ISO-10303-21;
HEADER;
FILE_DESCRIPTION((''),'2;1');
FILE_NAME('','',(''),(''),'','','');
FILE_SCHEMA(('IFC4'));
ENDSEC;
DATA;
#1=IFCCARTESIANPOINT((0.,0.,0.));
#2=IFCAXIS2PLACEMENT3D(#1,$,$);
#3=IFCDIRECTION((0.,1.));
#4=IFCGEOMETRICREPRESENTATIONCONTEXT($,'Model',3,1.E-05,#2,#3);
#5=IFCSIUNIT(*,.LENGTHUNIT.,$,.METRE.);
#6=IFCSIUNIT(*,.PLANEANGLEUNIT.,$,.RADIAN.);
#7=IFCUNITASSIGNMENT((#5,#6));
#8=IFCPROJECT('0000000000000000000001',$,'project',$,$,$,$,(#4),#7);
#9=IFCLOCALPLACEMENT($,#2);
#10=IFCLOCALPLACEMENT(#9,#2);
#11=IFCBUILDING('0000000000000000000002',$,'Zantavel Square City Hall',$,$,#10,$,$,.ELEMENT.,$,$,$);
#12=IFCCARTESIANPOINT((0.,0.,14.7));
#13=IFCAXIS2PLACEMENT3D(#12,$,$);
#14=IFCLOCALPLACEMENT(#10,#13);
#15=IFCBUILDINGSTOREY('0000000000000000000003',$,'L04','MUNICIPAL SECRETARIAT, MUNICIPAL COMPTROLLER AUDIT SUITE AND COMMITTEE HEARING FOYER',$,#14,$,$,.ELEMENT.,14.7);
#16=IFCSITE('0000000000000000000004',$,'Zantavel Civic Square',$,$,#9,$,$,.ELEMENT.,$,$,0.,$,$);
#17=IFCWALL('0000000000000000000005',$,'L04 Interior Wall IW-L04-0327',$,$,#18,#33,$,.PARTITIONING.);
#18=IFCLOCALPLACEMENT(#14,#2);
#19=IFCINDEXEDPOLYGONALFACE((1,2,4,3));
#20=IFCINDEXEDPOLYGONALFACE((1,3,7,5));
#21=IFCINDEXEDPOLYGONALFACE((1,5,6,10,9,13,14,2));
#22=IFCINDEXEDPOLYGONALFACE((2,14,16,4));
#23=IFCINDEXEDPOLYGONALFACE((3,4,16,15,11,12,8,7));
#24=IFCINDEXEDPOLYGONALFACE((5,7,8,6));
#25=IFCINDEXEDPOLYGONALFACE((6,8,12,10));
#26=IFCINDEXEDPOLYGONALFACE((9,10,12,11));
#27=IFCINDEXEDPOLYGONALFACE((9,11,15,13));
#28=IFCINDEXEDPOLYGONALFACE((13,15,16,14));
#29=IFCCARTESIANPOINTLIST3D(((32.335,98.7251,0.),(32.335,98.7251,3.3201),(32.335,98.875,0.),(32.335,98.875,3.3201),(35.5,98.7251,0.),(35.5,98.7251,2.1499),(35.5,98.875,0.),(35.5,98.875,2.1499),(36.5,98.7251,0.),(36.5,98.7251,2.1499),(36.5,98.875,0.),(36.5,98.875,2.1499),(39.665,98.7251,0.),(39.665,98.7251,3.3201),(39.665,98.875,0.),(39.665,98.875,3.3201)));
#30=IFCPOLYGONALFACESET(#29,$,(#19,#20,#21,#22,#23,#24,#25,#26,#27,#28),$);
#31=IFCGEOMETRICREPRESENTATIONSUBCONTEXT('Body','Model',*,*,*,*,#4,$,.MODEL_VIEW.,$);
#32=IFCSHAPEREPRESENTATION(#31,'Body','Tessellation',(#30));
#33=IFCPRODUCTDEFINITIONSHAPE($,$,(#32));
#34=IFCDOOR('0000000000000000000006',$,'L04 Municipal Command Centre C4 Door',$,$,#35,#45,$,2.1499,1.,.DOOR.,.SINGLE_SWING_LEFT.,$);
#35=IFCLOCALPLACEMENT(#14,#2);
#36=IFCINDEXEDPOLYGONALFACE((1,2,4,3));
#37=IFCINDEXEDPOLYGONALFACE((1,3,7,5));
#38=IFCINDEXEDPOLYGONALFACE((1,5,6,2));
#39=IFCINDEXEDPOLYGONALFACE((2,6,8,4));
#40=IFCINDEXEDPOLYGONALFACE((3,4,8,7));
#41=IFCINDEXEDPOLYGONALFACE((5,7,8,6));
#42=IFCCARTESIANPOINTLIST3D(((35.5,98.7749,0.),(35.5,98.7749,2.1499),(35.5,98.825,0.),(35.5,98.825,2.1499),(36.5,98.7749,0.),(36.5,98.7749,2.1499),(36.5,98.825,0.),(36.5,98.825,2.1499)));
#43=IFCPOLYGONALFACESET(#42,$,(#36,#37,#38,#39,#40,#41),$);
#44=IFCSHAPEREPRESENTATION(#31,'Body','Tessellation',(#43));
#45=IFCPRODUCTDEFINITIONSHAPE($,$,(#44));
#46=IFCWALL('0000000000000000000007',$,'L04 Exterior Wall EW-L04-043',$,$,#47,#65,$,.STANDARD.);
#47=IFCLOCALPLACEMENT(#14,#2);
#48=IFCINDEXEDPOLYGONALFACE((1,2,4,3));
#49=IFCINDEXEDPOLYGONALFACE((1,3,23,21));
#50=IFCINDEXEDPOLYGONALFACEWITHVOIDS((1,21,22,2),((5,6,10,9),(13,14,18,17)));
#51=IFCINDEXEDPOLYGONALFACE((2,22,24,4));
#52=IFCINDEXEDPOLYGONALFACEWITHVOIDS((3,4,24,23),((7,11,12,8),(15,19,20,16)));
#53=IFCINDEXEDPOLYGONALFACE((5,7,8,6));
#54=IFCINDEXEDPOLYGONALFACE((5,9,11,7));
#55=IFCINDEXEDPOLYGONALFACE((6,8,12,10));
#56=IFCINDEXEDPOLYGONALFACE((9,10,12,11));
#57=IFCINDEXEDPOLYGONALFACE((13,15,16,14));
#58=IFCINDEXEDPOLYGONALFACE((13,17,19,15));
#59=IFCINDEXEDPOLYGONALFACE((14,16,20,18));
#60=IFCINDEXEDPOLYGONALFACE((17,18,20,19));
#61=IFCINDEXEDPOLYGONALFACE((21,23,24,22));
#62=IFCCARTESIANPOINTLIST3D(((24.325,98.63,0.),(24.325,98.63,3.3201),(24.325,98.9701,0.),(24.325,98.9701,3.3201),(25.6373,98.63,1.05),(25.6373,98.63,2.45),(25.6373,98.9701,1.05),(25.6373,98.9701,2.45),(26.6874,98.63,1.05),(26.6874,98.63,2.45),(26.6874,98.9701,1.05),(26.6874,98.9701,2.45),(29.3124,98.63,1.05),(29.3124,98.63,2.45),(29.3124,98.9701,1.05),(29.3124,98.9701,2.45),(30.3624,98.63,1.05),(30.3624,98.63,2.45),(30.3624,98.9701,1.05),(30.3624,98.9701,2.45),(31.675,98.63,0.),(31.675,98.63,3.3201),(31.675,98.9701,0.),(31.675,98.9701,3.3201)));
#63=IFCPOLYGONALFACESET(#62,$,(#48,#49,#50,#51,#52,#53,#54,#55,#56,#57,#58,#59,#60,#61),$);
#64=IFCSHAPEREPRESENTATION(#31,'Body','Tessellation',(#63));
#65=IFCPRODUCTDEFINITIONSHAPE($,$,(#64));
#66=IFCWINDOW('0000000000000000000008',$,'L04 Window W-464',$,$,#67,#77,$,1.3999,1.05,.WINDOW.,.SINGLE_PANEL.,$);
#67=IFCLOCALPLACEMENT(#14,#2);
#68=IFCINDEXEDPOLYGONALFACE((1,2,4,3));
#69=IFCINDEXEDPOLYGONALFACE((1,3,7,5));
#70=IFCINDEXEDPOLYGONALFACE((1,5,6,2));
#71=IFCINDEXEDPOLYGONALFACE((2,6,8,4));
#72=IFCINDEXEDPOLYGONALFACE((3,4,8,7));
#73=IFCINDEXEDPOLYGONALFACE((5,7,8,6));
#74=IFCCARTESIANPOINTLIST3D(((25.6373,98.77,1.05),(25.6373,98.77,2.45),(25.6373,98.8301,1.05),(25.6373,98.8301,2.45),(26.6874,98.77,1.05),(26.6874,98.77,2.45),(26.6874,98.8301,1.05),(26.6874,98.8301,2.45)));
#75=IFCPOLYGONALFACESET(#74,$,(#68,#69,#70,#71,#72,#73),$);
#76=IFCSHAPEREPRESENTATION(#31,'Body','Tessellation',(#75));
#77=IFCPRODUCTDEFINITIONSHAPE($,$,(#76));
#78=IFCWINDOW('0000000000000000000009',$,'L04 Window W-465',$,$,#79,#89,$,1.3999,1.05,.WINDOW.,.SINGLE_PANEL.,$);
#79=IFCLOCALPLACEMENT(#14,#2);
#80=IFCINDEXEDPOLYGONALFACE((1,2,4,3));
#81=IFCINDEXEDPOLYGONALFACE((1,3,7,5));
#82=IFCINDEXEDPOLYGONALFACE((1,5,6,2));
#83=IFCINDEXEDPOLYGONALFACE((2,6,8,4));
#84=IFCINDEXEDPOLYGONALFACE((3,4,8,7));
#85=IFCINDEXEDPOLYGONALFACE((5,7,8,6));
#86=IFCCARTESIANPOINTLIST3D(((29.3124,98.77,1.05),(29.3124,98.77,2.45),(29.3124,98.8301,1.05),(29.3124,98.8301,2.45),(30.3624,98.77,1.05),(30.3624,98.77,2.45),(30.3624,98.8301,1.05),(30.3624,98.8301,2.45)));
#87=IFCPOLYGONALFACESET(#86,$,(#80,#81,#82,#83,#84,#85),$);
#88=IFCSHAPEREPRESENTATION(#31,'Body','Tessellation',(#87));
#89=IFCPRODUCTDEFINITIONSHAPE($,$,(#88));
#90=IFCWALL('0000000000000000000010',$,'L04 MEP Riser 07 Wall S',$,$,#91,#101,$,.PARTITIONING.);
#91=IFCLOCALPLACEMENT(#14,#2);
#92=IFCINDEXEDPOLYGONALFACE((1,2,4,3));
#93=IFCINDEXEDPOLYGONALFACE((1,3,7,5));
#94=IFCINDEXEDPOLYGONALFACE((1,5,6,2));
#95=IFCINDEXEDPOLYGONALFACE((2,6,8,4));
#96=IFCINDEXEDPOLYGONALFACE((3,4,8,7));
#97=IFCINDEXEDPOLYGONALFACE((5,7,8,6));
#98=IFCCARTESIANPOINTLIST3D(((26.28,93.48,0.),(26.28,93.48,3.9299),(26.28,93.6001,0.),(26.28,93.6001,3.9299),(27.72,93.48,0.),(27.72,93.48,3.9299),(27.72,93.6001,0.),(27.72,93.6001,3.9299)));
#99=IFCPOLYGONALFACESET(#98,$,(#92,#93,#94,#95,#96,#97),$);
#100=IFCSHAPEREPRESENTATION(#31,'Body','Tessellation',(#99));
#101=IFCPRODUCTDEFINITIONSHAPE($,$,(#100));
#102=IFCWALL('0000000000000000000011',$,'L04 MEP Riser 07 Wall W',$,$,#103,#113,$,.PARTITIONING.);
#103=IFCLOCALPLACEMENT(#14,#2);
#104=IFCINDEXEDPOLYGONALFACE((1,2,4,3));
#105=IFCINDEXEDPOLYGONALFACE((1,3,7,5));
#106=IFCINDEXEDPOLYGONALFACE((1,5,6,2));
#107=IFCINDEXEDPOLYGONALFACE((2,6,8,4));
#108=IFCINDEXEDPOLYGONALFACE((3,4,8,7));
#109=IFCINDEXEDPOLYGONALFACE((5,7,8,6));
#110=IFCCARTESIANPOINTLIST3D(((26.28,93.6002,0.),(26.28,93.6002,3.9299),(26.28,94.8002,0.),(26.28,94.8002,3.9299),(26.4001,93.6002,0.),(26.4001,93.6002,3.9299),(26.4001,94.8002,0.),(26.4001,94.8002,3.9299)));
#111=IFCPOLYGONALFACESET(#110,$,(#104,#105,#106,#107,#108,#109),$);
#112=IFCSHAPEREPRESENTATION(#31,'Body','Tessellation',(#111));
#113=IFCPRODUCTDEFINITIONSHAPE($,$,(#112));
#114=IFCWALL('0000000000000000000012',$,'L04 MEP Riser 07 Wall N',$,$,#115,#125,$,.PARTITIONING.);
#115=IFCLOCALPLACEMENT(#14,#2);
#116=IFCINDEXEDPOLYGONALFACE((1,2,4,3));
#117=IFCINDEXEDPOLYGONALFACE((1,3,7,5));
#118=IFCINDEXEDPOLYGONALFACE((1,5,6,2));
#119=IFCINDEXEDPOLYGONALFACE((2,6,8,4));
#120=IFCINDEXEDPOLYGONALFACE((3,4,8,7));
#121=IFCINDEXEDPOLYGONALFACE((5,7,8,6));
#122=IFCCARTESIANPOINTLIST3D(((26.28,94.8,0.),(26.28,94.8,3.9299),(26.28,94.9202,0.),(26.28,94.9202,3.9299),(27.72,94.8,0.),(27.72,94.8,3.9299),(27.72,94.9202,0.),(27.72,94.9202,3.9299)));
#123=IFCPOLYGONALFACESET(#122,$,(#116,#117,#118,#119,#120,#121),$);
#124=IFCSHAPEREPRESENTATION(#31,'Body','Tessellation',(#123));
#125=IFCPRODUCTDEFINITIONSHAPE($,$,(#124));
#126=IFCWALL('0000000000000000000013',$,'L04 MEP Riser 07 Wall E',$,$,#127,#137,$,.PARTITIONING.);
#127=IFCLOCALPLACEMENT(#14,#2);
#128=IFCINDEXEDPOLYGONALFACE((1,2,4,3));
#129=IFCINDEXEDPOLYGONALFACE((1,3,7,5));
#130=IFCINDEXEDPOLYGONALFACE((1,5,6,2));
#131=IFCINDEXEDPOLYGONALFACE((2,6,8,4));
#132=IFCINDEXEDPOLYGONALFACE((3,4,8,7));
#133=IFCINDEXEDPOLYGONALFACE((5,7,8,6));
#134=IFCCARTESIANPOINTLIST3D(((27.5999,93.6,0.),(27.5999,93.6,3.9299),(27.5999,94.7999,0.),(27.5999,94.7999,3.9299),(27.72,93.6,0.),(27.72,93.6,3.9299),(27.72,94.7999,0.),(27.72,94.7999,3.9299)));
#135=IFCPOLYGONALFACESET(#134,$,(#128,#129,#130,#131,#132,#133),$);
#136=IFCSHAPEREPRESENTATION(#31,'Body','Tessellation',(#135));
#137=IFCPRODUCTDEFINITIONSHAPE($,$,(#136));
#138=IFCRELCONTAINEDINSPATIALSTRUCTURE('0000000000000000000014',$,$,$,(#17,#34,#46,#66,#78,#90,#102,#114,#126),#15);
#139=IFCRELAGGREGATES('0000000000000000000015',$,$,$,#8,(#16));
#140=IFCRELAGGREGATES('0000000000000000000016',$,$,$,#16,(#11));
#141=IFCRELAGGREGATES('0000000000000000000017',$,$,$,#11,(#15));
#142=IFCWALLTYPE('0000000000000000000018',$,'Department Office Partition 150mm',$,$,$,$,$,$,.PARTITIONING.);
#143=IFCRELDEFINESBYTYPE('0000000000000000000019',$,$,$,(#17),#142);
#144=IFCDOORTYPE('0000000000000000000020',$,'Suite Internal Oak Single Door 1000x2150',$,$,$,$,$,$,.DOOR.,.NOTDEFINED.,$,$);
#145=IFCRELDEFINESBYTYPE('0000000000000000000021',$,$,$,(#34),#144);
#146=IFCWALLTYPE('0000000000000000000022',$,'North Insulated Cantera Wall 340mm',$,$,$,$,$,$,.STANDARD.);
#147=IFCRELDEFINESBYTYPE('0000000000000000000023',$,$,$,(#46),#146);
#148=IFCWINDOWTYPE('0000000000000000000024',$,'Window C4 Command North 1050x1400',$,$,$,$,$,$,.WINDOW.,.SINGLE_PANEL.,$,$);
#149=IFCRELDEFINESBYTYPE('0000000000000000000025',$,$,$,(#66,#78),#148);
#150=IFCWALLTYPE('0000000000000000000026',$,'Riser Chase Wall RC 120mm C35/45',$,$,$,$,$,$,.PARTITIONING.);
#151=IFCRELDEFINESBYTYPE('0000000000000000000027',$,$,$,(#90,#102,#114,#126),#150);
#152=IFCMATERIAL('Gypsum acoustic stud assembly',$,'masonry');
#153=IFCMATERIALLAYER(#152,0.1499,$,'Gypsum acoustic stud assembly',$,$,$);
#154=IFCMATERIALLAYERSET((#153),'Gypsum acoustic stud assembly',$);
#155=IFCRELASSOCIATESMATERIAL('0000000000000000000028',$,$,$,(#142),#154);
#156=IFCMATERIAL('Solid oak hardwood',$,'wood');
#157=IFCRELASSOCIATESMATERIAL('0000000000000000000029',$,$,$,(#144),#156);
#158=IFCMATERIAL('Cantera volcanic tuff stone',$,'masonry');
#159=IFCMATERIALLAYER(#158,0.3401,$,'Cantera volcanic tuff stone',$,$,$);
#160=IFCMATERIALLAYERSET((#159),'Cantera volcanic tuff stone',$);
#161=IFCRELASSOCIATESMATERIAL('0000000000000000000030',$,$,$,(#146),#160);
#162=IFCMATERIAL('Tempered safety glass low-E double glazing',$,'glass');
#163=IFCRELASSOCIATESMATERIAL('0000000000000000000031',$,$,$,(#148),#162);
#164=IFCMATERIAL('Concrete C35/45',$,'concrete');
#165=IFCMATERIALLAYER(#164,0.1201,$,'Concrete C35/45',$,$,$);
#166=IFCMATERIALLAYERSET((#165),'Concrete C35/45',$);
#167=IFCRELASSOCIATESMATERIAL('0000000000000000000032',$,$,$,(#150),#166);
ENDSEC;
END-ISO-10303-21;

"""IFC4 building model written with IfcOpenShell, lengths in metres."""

from ifc_helpers import new_model, si_unit, direction, frame, frame_2d, origin, place, context, subcontext, project, spatial, rectangle, extrude, material, layer, layer_set, type_object, element, fill, save


model = new_model("IFC4")

# Units and contexts
model_context = context("Model", 3, precision=1e-05, world=origin(), true_north=direction((0.0, 1.0)))
body_context = subcontext(model_context, "Body", "Model", "MODEL_VIEW")
ifc_project = project(units=[si_unit("LENGTHUNIT", "METRE"), si_unit("PLANEANGLEUNIT", "RADIAN")], contexts=[model_context])

# Site, building, storey
site_placement = place(None, origin())
site = spatial("IfcSite", under=ifc_project, at=site_placement, Name="Zantavel Civic Square", CompositionType="ELEMENT", RefElevation=0.0)
building_placement = place(site_placement, origin())
building = spatial("IfcBuilding", under=site, at=building_placement, Name="Zantavel Square City Hall", CompositionType="ELEMENT")
storey_placement = place(building_placement, frame((0.0, 0.0, 14.7)))
storey = spatial("IfcBuildingStorey", under=building, at=storey_placement, Name="L04", Description="MUNICIPAL SECRETARIAT, MUNICIPAL COMPTROLLER AUDIT SUITE AND COMMITTEE HEARING FOYER", CompositionType="ELEMENT", Elevation=14.7)

# Shared definitions
ifc_material_1 = material(Name="Concrete C35/45", Category="concrete")

# Shared definitions
ifc_material_2 = material(Name="Cantera volcanic tuff stone", Category="masonry")
ifc_material_3 = material(Name="Tempered safety glass low-E double glazing", Category="glass")

# Wall, opening, door
ifc_material_4 = material(Name="Gypsum acoustic stud assembly", Category="masonry")
ifc_layer_1 = layer(ifc_material_4, 0.1499, Name="Gypsum acoustic stud assembly")
ifc_layer_set_1 = layer_set([ifc_layer_1], Name="Gypsum acoustic stud assembly")
wall_type_1 = type_object("IfcWallType", Name="Department Office Partition 150mm", PredefinedType="PARTITIONING", material=ifc_layer_set_1)
wall_1_placement = place(storey_placement, frame((32.335, 98.8, 0.0), z_axis=(0.0, 0.0, 1.0), x_axis=(1.0, 0.0, 0.0)))
wall_1 = element("IfcWall", 1, at=wall_1_placement, inside=storey, type_object=wall_type_1, Name="L04 Interior Wall IW-L04-0327", PredefinedType="PARTITIONING", context=body_context, shape_type="SweptSolid", body=[
    extrude(rectangle(XDim=7.3301, YDim=0.1499, at=frame_2d((3.665, 0.0))), origin(), (0.0, 0.0, 1.0), 3.3201),
])
opening_1_placement = place(wall_1_placement, frame((3.165, 0.0, 0.0)))
opening_1 = element("IfcOpeningElement", 2, at=opening_1_placement, cuts=wall_1, PredefinedType="OPENING", context=body_context, shape_type="SweptSolid", body=[
    extrude(rectangle(XDim=1.0, YDim=2.1499, at=frame_2d((0.5, 1.075))), frame((0.0, 0.085, 0.0), z_axis=(0.0, -1.0, 0.0), x_axis=(1.0, 0.0, 0.0)), (0.0, 0.0, 1.0), 0.1699),
])
ifc_material_5 = material(Name="Solid oak hardwood", Category="wood")
door_type = type_object("IfcDoorType", Name="Suite Internal Oak Single Door 1000x2150", OperationType="NOTDEFINED", PredefinedType="DOOR", material=ifc_material_5)
door_placement = place(opening_1_placement, origin())
door = element("IfcDoor", 3, at=door_placement, inside=storey, type_object=door_type, Name="L04 Municipal Command Centre C4 Door", OperationType="SINGLE_SWING_LEFT", OverallHeight=2.1499, OverallWidth=1.0, PredefinedType="DOOR", context=body_context, shape_type="SweptSolid", body=[
    extrude(rectangle(XDim=1.0, YDim=2.1499, at=frame_2d((0.5, 1.075))), frame((0.0, 0.0249, 0.0), z_axis=(0.0, -1.0, 0.0), x_axis=(1.0, 0.0, 0.0)), (0.0, 0.0, 1.0), 0.05),
])
fill(opening_1, door)

# Wall, openings, windows
ifc_layer_2 = layer(ifc_material_2, 0.3401, Name="Cantera volcanic tuff stone")
ifc_layer_set_2 = layer_set([ifc_layer_2], Name="Cantera volcanic tuff stone")
wall_type_2 = type_object("IfcWallType", Name="North Insulated Cantera Wall 340mm", PredefinedType="STANDARD", material=ifc_layer_set_2)
wall_2_placement = place(storey_placement, frame((24.325, 98.8, 0.0), z_axis=(0.0, 0.0, 1.0), x_axis=(1.0, 0.0, 0.0)))
wall_2 = element("IfcWall", 4, at=wall_2_placement, inside=storey, type_object=wall_type_2, Name="L04 Exterior Wall EW-L04-043", PredefinedType="STANDARD", context=body_context, shape_type="SweptSolid", body=[
    extrude(rectangle(XDim=7.3501, YDim=0.3401, at=frame_2d((3.675, 0.0))), origin(), (0.0, 0.0, 1.0), 3.3201),
])
opening_2_placement = place(wall_2_placement, frame((1.3125, 0.0, 1.05)))
opening_2 = element("IfcOpeningElement", 5, at=opening_2_placement, cuts=wall_2, PredefinedType="OPENING", context=body_context, shape_type="SweptSolid", body=[
    extrude(rectangle(XDim=1.05, YDim=1.3999, at=frame_2d((0.5249, 0.7))), frame((0.0, 0.1799, 0.0), z_axis=(0.0, -1.0, 0.0), x_axis=(1.0, 0.0, 0.0)), (0.0, 0.0, 1.0), 0.3601),
])
opening_3_placement = place(wall_2_placement, frame((4.9875, 0.0, 1.05)))
opening_3 = element("IfcOpeningElement", 6, at=opening_3_placement, cuts=wall_2, PredefinedType="OPENING", context=body_context, shape_type="SweptSolid", body=[
    extrude(rectangle(XDim=1.05, YDim=1.3999, at=frame_2d((0.5249, 0.7))), frame((0.0, 0.1799, 0.0), z_axis=(0.0, -1.0, 0.0), x_axis=(1.0, 0.0, 0.0)), (0.0, 0.0, 1.0), 0.3601),
])
window_type_1 = type_object("IfcWindowType", Name="Window C4 Command North 1050x1400", PartitioningType="SINGLE_PANEL", PredefinedType="WINDOW", material=ifc_material_3)
window_1_placement = place(opening_2_placement, origin())
window_1 = element("IfcWindow", 7, at=window_1_placement, inside=storey, type_object=window_type_1, Name="L04 Window W-464", OverallHeight=1.3999, OverallWidth=1.05, PartitioningType="SINGLE_PANEL", PredefinedType="WINDOW", context=body_context, shape_type="SweptSolid", body=[
    extrude(rectangle(XDim=1.05, YDim=1.3999, at=frame_2d((0.5249, 0.7))), frame((0.0, 0.03, 0.0), z_axis=(0.0, -1.0, 0.0), x_axis=(1.0, 0.0, 0.0)), (0.0, 0.0, 1.0), 0.0601),
])
fill(opening_2, window_1)
window_2_placement = place(opening_3_placement, origin())
window_2 = element("IfcWindow", 8, at=window_2_placement, inside=storey, type_object=window_type_1, Name="L04 Window W-465", OverallHeight=1.3999, OverallWidth=1.05, PartitioningType="SINGLE_PANEL", PredefinedType="WINDOW", context=body_context, shape_type="SweptSolid", body=[
    extrude(rectangle(XDim=1.05, YDim=1.3999, at=frame_2d((0.5249, 0.7))), frame((0.0, 0.03, 0.0), z_axis=(0.0, -1.0, 0.0), x_axis=(1.0, 0.0, 0.0)), (0.0, 0.0, 1.0), 0.0601),
])
fill(opening_3, window_2)

# Walls
ifc_layer_3 = layer(ifc_material_1, 0.1201, Name="Concrete C35/45")
ifc_layer_set_3 = layer_set([ifc_layer_3], Name="Concrete C35/45")
wall_type_3 = type_object("IfcWallType", Name="Riser Chase Wall RC 120mm C35/45", PredefinedType="PARTITIONING", material=ifc_layer_set_3)
wall_3_placement = place(storey_placement, frame((27.72, 93.54, 0.0), z_axis=(0.0, 0.0, 1.0), x_axis=(-1.0, 0.0, 0.0)))
element("IfcWall", 9, at=wall_3_placement, inside=storey, type_object=wall_type_3, Name="L04 MEP Riser 07 Wall S", PredefinedType="PARTITIONING", context=body_context, shape_type="SweptSolid", body=[
    extrude(rectangle(XDim=1.4399, YDim=0.1201, at=frame_2d((0.72, 0.0))), origin(), (0.0, 0.0, 1.0), 3.9299),
])
wall_4_placement = place(storey_placement, frame((26.3401, 93.6001, 0.0), z_axis=(0.0, 0.0, 1.0), x_axis=(0.0, 1.0, 0.0)))
element("IfcWall", 10, at=wall_4_placement, inside=storey, type_object=wall_type_3, Name="L04 MEP Riser 07 Wall W", PredefinedType="PARTITIONING", context=body_context, shape_type="SweptSolid", body=[
    extrude(rectangle(XDim=1.2, YDim=0.1201, at=frame_2d((0.6001, 0.0))), origin(), (0.0, 0.0, 1.0), 3.9299),
])
wall_5_placement = place(storey_placement, frame((26.28, 94.8601, 0.0), z_axis=(0.0, 0.0, 1.0), x_axis=(1.0, 0.0, 0.0)))
element("IfcWall", 11, at=wall_5_placement, inside=storey, type_object=wall_type_3, Name="L04 MEP Riser 07 Wall N", PredefinedType="PARTITIONING", context=body_context, shape_type="SweptSolid", body=[
    extrude(rectangle(XDim=1.4399, YDim=0.1201, at=frame_2d((0.72, 0.0))), origin(), (0.0, 0.0, 1.0), 3.9299),
])
wall_6_placement = place(storey_placement, frame((27.6599, 94.8, 0.0), z_axis=(0.0, 0.0, 1.0), x_axis=(0.0, -1.0, 0.0)))
element("IfcWall", 12, at=wall_6_placement, inside=storey, type_object=wall_type_3, Name="L04 MEP Riser 07 Wall E", PredefinedType="PARTITIONING", context=body_context, shape_type="SweptSolid", body=[
    extrude(rectangle(XDim=1.2, YDim=0.1201, at=frame_2d((0.6001, 0.0))), origin(), (0.0, 0.0, 1.0), 3.9299),
])

save(model, "model.ifc")
